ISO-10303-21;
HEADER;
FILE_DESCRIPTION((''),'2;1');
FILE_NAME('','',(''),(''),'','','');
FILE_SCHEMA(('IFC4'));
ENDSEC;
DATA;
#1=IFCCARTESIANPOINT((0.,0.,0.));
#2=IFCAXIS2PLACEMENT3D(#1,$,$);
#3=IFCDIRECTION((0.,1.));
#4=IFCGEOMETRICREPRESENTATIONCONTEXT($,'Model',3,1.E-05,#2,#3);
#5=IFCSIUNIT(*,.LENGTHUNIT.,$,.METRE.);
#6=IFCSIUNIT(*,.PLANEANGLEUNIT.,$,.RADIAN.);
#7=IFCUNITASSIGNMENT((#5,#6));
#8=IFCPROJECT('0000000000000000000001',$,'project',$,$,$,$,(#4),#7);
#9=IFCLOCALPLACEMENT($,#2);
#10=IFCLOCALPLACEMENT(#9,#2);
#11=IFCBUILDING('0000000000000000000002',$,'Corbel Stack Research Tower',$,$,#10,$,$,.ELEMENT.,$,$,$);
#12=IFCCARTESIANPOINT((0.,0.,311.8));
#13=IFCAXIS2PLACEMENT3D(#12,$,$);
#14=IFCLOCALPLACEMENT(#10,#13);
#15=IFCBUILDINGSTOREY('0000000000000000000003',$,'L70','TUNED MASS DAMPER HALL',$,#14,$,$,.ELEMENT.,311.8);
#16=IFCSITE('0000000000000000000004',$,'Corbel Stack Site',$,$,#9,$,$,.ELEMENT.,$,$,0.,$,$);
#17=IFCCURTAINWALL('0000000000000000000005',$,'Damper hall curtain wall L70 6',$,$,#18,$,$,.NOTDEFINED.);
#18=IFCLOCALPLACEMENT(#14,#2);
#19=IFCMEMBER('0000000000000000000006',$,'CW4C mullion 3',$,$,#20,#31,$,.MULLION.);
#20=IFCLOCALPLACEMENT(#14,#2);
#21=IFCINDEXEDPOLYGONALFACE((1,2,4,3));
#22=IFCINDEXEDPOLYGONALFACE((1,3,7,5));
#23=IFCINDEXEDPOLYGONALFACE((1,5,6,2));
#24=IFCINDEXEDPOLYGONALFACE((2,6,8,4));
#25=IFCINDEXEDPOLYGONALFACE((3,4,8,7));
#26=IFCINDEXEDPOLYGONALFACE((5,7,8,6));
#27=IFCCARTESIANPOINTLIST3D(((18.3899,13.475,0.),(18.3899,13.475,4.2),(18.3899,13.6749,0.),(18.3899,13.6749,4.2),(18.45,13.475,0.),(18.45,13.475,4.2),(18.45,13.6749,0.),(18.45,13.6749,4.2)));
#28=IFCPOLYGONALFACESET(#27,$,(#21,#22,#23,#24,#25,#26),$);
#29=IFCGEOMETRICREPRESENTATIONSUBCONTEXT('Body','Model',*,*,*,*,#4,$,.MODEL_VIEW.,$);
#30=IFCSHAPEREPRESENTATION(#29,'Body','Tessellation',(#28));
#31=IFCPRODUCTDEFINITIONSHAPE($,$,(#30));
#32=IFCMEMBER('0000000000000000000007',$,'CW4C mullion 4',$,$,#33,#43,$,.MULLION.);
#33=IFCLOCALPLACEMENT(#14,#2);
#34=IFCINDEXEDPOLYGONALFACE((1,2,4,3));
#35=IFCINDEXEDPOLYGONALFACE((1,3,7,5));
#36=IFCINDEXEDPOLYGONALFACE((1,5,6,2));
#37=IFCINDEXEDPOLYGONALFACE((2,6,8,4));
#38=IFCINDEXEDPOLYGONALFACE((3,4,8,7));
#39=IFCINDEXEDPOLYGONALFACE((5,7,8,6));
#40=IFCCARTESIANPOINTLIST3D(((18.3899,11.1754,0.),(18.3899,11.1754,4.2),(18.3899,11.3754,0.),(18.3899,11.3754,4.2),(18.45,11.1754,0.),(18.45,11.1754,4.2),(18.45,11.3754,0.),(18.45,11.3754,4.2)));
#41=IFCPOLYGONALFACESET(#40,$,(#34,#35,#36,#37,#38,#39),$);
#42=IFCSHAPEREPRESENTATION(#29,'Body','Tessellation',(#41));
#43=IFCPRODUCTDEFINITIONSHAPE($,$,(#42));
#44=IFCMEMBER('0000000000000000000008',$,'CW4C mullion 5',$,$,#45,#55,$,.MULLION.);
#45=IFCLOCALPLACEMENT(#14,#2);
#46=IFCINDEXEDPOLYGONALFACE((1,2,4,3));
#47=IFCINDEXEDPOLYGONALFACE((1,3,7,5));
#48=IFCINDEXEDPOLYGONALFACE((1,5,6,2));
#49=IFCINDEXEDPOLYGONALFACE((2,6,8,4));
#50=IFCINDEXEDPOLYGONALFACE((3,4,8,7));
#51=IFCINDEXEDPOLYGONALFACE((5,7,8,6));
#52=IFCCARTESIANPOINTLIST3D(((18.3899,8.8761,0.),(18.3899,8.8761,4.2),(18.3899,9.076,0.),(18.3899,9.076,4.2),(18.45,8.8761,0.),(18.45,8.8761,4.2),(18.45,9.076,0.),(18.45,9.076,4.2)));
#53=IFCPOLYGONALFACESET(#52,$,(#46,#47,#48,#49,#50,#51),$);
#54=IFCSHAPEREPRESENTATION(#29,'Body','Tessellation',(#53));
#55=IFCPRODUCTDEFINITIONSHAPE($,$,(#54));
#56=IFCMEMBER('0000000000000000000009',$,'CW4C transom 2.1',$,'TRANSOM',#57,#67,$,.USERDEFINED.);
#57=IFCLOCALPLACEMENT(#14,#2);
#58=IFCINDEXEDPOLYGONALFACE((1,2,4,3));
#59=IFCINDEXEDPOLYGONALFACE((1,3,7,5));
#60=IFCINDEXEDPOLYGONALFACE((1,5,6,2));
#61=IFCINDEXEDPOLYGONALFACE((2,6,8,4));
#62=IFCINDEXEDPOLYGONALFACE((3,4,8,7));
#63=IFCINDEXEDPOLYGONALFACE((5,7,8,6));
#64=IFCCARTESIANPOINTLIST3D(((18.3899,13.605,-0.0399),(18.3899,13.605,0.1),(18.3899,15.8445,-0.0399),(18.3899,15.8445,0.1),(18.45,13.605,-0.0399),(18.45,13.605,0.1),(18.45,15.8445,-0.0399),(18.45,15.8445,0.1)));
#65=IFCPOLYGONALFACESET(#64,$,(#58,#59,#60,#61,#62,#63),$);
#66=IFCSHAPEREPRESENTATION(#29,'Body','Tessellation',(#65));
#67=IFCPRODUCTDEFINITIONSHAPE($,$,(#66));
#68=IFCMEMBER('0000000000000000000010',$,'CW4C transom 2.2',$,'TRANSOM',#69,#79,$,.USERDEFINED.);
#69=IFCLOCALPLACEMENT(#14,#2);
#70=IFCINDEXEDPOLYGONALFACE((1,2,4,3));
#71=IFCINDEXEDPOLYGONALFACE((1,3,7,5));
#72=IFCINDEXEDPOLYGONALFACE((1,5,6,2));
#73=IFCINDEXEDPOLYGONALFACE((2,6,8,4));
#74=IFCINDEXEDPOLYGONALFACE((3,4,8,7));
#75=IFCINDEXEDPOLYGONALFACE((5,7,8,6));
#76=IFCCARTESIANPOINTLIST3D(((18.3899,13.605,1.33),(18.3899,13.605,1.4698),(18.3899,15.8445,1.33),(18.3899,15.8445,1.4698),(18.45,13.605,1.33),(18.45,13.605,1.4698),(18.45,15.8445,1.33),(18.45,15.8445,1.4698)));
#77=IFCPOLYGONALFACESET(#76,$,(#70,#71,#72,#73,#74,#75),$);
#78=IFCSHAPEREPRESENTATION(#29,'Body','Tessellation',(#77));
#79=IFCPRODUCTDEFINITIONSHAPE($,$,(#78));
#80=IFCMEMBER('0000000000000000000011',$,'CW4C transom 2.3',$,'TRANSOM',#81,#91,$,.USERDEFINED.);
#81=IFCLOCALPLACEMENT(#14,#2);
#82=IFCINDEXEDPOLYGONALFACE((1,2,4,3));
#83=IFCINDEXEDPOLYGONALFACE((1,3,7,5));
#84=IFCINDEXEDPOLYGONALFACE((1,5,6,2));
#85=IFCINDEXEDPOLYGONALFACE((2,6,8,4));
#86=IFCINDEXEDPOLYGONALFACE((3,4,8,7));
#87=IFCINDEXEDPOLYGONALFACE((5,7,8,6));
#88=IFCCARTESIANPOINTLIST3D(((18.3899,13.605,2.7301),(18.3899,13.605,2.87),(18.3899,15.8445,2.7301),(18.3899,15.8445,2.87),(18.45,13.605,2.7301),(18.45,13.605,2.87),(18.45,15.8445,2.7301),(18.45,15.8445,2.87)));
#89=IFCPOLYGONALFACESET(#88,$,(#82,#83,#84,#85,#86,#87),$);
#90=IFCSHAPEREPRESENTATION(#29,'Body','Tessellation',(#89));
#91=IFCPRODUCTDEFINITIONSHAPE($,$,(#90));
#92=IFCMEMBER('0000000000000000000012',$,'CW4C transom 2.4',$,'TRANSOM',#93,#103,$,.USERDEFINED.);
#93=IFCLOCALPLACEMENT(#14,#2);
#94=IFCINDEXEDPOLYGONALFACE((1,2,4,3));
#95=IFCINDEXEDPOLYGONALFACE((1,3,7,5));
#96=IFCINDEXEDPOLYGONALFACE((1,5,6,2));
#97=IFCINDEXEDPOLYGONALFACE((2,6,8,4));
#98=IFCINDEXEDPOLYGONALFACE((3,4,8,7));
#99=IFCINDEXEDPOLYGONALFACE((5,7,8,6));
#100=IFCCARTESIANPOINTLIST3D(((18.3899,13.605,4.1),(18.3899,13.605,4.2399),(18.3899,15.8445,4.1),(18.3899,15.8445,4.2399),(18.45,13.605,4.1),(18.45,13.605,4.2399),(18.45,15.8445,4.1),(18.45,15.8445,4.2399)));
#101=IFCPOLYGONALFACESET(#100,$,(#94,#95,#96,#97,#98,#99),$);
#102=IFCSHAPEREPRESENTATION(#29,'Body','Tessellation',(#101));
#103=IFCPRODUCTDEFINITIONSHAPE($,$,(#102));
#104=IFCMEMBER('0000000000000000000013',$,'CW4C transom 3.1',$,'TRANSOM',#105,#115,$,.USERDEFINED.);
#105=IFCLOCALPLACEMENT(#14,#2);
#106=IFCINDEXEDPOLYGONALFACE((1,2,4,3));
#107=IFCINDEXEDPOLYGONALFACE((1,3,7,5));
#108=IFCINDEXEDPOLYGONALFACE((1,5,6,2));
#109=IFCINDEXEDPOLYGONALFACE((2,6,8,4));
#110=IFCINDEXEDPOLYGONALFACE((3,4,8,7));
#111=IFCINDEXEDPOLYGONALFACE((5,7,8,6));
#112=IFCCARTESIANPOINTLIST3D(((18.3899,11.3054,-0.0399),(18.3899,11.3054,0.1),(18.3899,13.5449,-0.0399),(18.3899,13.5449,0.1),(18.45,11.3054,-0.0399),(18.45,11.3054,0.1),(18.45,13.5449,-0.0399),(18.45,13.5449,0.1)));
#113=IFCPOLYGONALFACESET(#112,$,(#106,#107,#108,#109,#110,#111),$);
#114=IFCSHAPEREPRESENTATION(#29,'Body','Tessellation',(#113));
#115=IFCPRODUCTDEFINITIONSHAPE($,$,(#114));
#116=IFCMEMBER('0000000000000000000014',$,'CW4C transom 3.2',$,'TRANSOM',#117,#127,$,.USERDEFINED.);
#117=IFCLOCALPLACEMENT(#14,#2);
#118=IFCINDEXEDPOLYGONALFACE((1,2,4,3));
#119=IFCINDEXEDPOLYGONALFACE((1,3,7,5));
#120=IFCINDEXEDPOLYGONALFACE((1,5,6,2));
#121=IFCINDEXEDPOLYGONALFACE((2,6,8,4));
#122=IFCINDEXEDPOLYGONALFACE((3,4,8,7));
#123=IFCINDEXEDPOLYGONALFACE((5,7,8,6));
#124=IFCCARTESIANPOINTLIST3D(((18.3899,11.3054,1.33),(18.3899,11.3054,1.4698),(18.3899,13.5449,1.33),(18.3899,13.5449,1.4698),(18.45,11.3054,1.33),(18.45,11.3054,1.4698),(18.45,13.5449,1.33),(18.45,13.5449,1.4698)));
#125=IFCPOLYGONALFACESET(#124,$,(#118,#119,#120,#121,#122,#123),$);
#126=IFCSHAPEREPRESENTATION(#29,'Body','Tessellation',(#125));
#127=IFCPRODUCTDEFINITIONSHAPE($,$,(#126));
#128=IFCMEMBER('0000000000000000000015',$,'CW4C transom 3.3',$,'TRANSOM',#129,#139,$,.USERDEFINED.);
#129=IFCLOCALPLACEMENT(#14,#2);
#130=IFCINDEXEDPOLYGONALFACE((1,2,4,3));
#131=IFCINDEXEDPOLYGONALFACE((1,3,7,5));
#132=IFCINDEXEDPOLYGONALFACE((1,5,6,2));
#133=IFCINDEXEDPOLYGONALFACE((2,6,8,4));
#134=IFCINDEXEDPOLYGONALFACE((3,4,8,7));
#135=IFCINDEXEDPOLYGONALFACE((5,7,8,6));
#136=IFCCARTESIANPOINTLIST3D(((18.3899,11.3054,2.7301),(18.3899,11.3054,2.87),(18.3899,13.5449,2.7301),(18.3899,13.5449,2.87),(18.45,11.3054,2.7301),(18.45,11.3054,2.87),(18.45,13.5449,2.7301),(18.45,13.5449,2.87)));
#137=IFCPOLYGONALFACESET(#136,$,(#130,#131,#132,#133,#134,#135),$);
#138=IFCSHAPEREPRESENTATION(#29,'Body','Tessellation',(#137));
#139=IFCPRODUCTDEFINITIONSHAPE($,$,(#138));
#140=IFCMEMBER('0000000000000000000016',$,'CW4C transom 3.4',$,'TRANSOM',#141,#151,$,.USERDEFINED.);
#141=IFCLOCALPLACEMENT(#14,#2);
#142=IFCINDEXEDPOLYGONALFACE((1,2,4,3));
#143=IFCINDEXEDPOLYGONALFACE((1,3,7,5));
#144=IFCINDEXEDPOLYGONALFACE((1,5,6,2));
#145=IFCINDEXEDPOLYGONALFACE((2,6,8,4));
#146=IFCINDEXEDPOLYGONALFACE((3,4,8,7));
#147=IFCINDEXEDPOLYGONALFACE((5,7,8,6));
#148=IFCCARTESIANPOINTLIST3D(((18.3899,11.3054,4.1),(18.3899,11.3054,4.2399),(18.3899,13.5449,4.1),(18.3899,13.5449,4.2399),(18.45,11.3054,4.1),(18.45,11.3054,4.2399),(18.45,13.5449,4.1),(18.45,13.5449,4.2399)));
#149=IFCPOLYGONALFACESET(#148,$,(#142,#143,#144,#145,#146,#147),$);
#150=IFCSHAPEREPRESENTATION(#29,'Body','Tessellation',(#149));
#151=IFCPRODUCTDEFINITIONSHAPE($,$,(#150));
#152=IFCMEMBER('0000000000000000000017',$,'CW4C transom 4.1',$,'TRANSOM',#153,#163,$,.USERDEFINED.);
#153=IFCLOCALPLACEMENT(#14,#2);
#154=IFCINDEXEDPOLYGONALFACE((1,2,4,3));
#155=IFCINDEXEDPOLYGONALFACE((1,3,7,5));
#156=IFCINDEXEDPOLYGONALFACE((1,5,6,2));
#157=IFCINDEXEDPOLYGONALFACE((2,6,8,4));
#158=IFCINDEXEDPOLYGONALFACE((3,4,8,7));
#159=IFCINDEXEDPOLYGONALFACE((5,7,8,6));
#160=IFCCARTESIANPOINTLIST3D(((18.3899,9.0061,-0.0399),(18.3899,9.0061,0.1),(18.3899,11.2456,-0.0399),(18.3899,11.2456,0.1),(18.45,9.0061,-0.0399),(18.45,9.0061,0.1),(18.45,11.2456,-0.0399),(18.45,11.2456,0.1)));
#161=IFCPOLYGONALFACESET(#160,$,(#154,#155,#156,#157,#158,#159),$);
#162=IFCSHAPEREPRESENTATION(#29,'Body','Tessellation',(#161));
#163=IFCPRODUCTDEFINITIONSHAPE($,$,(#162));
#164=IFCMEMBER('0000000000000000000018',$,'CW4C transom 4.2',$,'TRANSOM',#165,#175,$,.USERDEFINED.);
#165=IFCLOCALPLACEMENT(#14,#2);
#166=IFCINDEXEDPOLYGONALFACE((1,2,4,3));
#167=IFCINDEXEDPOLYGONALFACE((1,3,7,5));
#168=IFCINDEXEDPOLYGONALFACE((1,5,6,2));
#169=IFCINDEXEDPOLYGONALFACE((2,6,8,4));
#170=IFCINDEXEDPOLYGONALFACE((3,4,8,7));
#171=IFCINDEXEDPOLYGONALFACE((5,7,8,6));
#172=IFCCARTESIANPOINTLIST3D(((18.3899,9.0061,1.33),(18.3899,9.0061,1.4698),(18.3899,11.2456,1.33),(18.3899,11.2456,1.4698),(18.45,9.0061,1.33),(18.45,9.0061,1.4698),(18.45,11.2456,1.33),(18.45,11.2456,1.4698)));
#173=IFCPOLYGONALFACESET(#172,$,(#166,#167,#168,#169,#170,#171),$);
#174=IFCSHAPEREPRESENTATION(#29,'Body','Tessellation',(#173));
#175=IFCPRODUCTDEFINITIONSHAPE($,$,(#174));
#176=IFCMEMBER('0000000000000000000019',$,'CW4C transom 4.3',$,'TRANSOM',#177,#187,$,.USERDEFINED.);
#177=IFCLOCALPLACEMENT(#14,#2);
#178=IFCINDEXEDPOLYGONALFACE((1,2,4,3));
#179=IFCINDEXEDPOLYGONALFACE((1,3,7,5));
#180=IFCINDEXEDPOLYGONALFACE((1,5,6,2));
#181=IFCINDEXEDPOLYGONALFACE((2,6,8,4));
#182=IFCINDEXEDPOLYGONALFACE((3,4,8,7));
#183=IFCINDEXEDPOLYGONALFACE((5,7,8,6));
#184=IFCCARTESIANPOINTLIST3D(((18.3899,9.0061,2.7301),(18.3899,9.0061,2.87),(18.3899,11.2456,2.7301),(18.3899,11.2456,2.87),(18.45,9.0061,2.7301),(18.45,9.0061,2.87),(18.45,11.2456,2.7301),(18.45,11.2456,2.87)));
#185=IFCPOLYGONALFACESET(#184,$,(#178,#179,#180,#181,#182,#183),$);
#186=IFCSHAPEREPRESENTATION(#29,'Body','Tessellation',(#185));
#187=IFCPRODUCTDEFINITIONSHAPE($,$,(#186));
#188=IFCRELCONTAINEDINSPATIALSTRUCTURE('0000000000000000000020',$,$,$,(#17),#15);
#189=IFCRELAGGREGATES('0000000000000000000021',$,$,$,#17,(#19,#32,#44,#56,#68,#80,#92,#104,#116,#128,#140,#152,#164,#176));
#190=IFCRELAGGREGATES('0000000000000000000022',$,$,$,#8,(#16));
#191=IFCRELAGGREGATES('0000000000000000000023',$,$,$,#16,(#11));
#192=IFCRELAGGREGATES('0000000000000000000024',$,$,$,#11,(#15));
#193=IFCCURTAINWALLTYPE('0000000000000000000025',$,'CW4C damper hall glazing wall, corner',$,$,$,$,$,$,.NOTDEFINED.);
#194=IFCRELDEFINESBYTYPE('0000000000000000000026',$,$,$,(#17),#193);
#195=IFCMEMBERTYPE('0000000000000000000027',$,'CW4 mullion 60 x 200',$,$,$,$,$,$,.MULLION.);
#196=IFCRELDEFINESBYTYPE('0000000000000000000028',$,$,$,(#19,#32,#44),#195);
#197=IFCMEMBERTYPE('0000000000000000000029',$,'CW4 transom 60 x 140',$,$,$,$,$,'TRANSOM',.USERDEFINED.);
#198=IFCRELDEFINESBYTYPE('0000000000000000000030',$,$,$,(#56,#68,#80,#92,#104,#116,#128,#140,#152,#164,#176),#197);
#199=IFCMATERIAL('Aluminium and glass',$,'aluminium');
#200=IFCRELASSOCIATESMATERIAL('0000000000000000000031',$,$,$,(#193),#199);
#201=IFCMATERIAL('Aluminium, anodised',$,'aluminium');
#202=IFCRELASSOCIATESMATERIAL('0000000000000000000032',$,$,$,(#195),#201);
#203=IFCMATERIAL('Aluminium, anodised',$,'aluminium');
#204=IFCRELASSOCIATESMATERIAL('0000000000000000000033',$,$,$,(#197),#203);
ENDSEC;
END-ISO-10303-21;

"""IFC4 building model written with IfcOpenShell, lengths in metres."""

from ifc_helpers import new_model, si_unit, direction, frame, origin, origin_2d, place, context, subcontext, project, spatial, rectangle, extrude, material, material_profile, profile_set, type_object, element, aggregate, save


model = new_model("IFC4")

# Units and contexts
model_context = context("Model", 3, precision=1e-05, world=origin(), true_north=direction((0.0, 1.0)))
body_context = subcontext(model_context, "Body", "Model", "MODEL_VIEW")
ifc_project = project(units=[si_unit("LENGTHUNIT", "METRE"), si_unit("PLANEANGLEUNIT", "RADIAN")], contexts=[model_context])

# Site, building, storey
site_placement = place(None, origin())
site = spatial("IfcSite", under=ifc_project, at=site_placement, Name="Corbel Stack Site", CompositionType="ELEMENT", RefElevation=0.0)
building_placement = place(site_placement, origin())
building = spatial("IfcBuilding", under=site, at=building_placement, Name="Corbel Stack Research Tower", CompositionType="ELEMENT")
storey_placement = place(building_placement, frame((0.0, 0.0, 311.8)))
storey = spatial("IfcBuildingStorey", under=building, at=storey_placement, Name="L70", Description="TUNED MASS DAMPER HALL", CompositionType="ELEMENT", Elevation=311.8)

# Curtain wall, members
ifc_material_1 = material(Name="Aluminium and glass", Category="aluminium")
curtain_wall_type = type_object("IfcCurtainWallType", Name="CW4C damper hall glazing wall, corner", PredefinedType="NOTDEFINED", material=ifc_material_1)
curtain_wall_placement = place(storey_placement, origin())
curtain_wall = element("IfcCurtainWall", 1, at=curtain_wall_placement, inside=storey, type_object=curtain_wall_type, Name="Damper hall curtain wall L70 6", PredefinedType="NOTDEFINED")
ifc_material_2 = material(Name="Aluminium, anodised", Category="aluminium")
ifc_material_profile_1 = material_profile(ifc_material_2, rectangle(XDim=0.0601, YDim=0.2, at=origin_2d()), Name="CW4 mullion 60 x 200")
ifc_profile_set_1 = profile_set([ifc_material_profile_1], Name="Aluminium, anodised")
member_type_1 = type_object("IfcMemberType", Name="CW4 mullion 60 x 200", PredefinedType="MULLION", material=ifc_profile_set_1)
member_1_placement = place(storey_placement, frame((18.4199, 13.575, 0.0), z_axis=(0.0, 0.0, 1.0), x_axis=(1.0, 0.0, 0.0)))
member_1 = element("IfcMember", 2, at=member_1_placement, type_object=member_type_1, Name="CW4C mullion 3", PredefinedType="MULLION", context=body_context, shape_type="SweptSolid", body=[
    extrude(rectangle(XDim=0.0601, YDim=0.2, at=origin_2d()), origin(), (0.0, 0.0, 1.0), 4.2),
])
member_2_placement = place(storey_placement, frame((18.4199, 11.2754, 0.0), z_axis=(0.0, 0.0, 1.0), x_axis=(1.0, 0.0, 0.0)))
member_2 = element("IfcMember", 3, at=member_2_placement, type_object=member_type_1, Name="CW4C mullion 4", PredefinedType="MULLION", context=body_context, shape_type="SweptSolid", body=[
    extrude(rectangle(XDim=0.0601, YDim=0.2, at=origin_2d()), origin(), (0.0, 0.0, 1.0), 4.2),
])
member_3_placement = place(storey_placement, frame((18.4199, 8.9761, 0.0), z_axis=(0.0, 0.0, 1.0), x_axis=(1.0, 0.0, 0.0)))
member_3 = element("IfcMember", 4, at=member_3_placement, type_object=member_type_1, Name="CW4C mullion 5", PredefinedType="MULLION", context=body_context, shape_type="SweptSolid", body=[
    extrude(rectangle(XDim=0.0601, YDim=0.2, at=origin_2d()), origin(), (0.0, 0.0, 1.0), 4.2),
])
ifc_material_3 = material(Name="Aluminium, anodised", Category="aluminium")
ifc_material_profile_2 = material_profile(ifc_material_3, rectangle(XDim=0.0601, YDim=0.1399, at=origin_2d()), Name="CW4 transom 60 x 140")
ifc_profile_set_2 = profile_set([ifc_material_profile_2], Name="Aluminium, anodised")
member_type_2 = type_object("IfcMemberType", Name="CW4 transom 60 x 140", ElementType="TRANSOM", PredefinedType="USERDEFINED", material=ifc_profile_set_2)
member_4_placement = place(storey_placement, frame((18.4199, 15.8445, 0.03), z_axis=(0.0, -1.0, 0.0), x_axis=(1.0, 0.0, 0.0)))
member_4 = element("IfcMember", 5, at=member_4_placement, type_object=member_type_2, Name="CW4C transom 2.1", ObjectType="TRANSOM", PredefinedType="USERDEFINED", context=body_context, shape_type="SweptSolid", body=[
    extrude(rectangle(XDim=0.0601, YDim=0.1399, at=origin_2d()), origin(), (0.0, 0.0, 1.0), 2.2395),
])
member_5_placement = place(storey_placement, frame((18.4199, 15.8445, 1.3999), z_axis=(0.0, -1.0, 0.0), x_axis=(1.0, 0.0, 0.0)))
member_5 = element("IfcMember", 6, at=member_5_placement, type_object=member_type_2, Name="CW4C transom 2.2", ObjectType="TRANSOM", PredefinedType="USERDEFINED", context=body_context, shape_type="SweptSolid", body=[
    extrude(rectangle(XDim=0.0601, YDim=0.1399, at=origin_2d()), origin(), (0.0, 0.0, 1.0), 2.2395),
])
member_6_placement = place(storey_placement, frame((18.4199, 15.8445, 2.8), z_axis=(0.0, -1.0, 0.0), x_axis=(1.0, 0.0, 0.0)))
member_6 = element("IfcMember", 7, at=member_6_placement, type_object=member_type_2, Name="CW4C transom 2.3", ObjectType="TRANSOM", PredefinedType="USERDEFINED", context=body_context, shape_type="SweptSolid", body=[
    extrude(rectangle(XDim=0.0601, YDim=0.1399, at=origin_2d()), origin(), (0.0, 0.0, 1.0), 2.2395),
])
member_7_placement = place(storey_placement, frame((18.4199, 15.8445, 4.1699), z_axis=(0.0, -1.0, 0.0), x_axis=(1.0, 0.0, 0.0)))
member_7 = element("IfcMember", 8, at=member_7_placement, type_object=member_type_2, Name="CW4C transom 2.4", ObjectType="TRANSOM", PredefinedType="USERDEFINED", context=body_context, shape_type="SweptSolid", body=[
    extrude(rectangle(XDim=0.0601, YDim=0.1399, at=origin_2d()), origin(), (0.0, 0.0, 1.0), 2.2395),
])
member_8_placement = place(storey_placement, frame((18.4199, 13.5449, 0.03), z_axis=(0.0, -1.0, 0.0), x_axis=(1.0, 0.0, 0.0)))
member_8 = element("IfcMember", 9, at=member_8_placement, type_object=member_type_2, Name="CW4C transom 3.1", ObjectType="TRANSOM", PredefinedType="USERDEFINED", context=body_context, shape_type="SweptSolid", body=[
    extrude(rectangle(XDim=0.0601, YDim=0.1399, at=origin_2d()), origin(), (0.0, 0.0, 1.0), 2.2395),
])
member_9_placement = place(storey_placement, frame((18.4199, 13.5449, 1.3999), z_axis=(0.0, -1.0, 0.0), x_axis=(1.0, 0.0, 0.0)))
member_9 = element("IfcMember", 10, at=member_9_placement, type_object=member_type_2, Name="CW4C transom 3.2", ObjectType="TRANSOM", PredefinedType="USERDEFINED", context=body_context, shape_type="SweptSolid", body=[
    extrude(rectangle(XDim=0.0601, YDim=0.1399, at=origin_2d()), origin(), (0.0, 0.0, 1.0), 2.2395),
])
member_10_placement = place(storey_placement, frame((18.4199, 13.5449, 2.8), z_axis=(0.0, -1.0, 0.0), x_axis=(1.0, 0.0, 0.0)))
member_10 = element("IfcMember", 11, at=member_10_placement, type_object=member_type_2, Name="CW4C transom 3.3", ObjectType="TRANSOM", PredefinedType="USERDEFINED", context=body_context, shape_type="SweptSolid", body=[
    extrude(rectangle(XDim=0.0601, YDim=0.1399, at=origin_2d()), origin(), (0.0, 0.0, 1.0), 2.2395),
])
member_11_placement = place(storey_placement, frame((18.4199, 13.5449, 4.1699), z_axis=(0.0, -1.0, 0.0), x_axis=(1.0, 0.0, 0.0)))
member_11 = element("IfcMember", 12, at=member_11_placement, type_object=member_type_2, Name="CW4C transom 3.4", ObjectType="TRANSOM", PredefinedType="USERDEFINED", context=body_context, shape_type="SweptSolid", body=[
    extrude(rectangle(XDim=0.0601, YDim=0.1399, at=origin_2d()), origin(), (0.0, 0.0, 1.0), 2.2395),
])
member_12_placement = place(storey_placement, frame((18.4199, 11.2456, 0.03), z_axis=(0.0, -1.0, 0.0), x_axis=(1.0, 0.0, 0.0)))
member_12 = element("IfcMember", 13, at=member_12_placement, type_object=member_type_2, Name="CW4C transom 4.1", ObjectType="TRANSOM", PredefinedType="USERDEFINED", context=body_context, shape_type="SweptSolid", body=[
    extrude(rectangle(XDim=0.0601, YDim=0.1399, at=origin_2d()), origin(), (0.0, 0.0, 1.0), 2.2395),
])
member_13_placement = place(storey_placement, frame((18.4199, 11.2456, 1.3999), z_axis=(0.0, -1.0, 0.0), x_axis=(1.0, 0.0, 0.0)))
member_13 = element("IfcMember", 14, at=member_13_placement, type_object=member_type_2, Name="CW4C transom 4.2", ObjectType="TRANSOM", PredefinedType="USERDEFINED", context=body_context, shape_type="SweptSolid", body=[
    extrude(rectangle(XDim=0.0601, YDim=0.1399, at=origin_2d()), origin(), (0.0, 0.0, 1.0), 2.2395),
])
member_14_placement = place(storey_placement, frame((18.4199, 11.2456, 2.8), z_axis=(0.0, -1.0, 0.0), x_axis=(1.0, 0.0, 0.0)))
member_14 = element("IfcMember", 15, at=member_14_placement, type_object=member_type_2, Name="CW4C transom 4.3", ObjectType="TRANSOM", PredefinedType="USERDEFINED", context=body_context, shape_type="SweptSolid", body=[
    extrude(rectangle(XDim=0.0601, YDim=0.1399, at=origin_2d()), origin(), (0.0, 0.0, 1.0), 2.2395),
])
aggregate(curtain_wall, [member_1, member_2, member_3, member_4, member_5, member_6, member_7, member_8, member_9, member_10, member_11, member_12, member_13, member_14])

save(model, "model.ifc")
